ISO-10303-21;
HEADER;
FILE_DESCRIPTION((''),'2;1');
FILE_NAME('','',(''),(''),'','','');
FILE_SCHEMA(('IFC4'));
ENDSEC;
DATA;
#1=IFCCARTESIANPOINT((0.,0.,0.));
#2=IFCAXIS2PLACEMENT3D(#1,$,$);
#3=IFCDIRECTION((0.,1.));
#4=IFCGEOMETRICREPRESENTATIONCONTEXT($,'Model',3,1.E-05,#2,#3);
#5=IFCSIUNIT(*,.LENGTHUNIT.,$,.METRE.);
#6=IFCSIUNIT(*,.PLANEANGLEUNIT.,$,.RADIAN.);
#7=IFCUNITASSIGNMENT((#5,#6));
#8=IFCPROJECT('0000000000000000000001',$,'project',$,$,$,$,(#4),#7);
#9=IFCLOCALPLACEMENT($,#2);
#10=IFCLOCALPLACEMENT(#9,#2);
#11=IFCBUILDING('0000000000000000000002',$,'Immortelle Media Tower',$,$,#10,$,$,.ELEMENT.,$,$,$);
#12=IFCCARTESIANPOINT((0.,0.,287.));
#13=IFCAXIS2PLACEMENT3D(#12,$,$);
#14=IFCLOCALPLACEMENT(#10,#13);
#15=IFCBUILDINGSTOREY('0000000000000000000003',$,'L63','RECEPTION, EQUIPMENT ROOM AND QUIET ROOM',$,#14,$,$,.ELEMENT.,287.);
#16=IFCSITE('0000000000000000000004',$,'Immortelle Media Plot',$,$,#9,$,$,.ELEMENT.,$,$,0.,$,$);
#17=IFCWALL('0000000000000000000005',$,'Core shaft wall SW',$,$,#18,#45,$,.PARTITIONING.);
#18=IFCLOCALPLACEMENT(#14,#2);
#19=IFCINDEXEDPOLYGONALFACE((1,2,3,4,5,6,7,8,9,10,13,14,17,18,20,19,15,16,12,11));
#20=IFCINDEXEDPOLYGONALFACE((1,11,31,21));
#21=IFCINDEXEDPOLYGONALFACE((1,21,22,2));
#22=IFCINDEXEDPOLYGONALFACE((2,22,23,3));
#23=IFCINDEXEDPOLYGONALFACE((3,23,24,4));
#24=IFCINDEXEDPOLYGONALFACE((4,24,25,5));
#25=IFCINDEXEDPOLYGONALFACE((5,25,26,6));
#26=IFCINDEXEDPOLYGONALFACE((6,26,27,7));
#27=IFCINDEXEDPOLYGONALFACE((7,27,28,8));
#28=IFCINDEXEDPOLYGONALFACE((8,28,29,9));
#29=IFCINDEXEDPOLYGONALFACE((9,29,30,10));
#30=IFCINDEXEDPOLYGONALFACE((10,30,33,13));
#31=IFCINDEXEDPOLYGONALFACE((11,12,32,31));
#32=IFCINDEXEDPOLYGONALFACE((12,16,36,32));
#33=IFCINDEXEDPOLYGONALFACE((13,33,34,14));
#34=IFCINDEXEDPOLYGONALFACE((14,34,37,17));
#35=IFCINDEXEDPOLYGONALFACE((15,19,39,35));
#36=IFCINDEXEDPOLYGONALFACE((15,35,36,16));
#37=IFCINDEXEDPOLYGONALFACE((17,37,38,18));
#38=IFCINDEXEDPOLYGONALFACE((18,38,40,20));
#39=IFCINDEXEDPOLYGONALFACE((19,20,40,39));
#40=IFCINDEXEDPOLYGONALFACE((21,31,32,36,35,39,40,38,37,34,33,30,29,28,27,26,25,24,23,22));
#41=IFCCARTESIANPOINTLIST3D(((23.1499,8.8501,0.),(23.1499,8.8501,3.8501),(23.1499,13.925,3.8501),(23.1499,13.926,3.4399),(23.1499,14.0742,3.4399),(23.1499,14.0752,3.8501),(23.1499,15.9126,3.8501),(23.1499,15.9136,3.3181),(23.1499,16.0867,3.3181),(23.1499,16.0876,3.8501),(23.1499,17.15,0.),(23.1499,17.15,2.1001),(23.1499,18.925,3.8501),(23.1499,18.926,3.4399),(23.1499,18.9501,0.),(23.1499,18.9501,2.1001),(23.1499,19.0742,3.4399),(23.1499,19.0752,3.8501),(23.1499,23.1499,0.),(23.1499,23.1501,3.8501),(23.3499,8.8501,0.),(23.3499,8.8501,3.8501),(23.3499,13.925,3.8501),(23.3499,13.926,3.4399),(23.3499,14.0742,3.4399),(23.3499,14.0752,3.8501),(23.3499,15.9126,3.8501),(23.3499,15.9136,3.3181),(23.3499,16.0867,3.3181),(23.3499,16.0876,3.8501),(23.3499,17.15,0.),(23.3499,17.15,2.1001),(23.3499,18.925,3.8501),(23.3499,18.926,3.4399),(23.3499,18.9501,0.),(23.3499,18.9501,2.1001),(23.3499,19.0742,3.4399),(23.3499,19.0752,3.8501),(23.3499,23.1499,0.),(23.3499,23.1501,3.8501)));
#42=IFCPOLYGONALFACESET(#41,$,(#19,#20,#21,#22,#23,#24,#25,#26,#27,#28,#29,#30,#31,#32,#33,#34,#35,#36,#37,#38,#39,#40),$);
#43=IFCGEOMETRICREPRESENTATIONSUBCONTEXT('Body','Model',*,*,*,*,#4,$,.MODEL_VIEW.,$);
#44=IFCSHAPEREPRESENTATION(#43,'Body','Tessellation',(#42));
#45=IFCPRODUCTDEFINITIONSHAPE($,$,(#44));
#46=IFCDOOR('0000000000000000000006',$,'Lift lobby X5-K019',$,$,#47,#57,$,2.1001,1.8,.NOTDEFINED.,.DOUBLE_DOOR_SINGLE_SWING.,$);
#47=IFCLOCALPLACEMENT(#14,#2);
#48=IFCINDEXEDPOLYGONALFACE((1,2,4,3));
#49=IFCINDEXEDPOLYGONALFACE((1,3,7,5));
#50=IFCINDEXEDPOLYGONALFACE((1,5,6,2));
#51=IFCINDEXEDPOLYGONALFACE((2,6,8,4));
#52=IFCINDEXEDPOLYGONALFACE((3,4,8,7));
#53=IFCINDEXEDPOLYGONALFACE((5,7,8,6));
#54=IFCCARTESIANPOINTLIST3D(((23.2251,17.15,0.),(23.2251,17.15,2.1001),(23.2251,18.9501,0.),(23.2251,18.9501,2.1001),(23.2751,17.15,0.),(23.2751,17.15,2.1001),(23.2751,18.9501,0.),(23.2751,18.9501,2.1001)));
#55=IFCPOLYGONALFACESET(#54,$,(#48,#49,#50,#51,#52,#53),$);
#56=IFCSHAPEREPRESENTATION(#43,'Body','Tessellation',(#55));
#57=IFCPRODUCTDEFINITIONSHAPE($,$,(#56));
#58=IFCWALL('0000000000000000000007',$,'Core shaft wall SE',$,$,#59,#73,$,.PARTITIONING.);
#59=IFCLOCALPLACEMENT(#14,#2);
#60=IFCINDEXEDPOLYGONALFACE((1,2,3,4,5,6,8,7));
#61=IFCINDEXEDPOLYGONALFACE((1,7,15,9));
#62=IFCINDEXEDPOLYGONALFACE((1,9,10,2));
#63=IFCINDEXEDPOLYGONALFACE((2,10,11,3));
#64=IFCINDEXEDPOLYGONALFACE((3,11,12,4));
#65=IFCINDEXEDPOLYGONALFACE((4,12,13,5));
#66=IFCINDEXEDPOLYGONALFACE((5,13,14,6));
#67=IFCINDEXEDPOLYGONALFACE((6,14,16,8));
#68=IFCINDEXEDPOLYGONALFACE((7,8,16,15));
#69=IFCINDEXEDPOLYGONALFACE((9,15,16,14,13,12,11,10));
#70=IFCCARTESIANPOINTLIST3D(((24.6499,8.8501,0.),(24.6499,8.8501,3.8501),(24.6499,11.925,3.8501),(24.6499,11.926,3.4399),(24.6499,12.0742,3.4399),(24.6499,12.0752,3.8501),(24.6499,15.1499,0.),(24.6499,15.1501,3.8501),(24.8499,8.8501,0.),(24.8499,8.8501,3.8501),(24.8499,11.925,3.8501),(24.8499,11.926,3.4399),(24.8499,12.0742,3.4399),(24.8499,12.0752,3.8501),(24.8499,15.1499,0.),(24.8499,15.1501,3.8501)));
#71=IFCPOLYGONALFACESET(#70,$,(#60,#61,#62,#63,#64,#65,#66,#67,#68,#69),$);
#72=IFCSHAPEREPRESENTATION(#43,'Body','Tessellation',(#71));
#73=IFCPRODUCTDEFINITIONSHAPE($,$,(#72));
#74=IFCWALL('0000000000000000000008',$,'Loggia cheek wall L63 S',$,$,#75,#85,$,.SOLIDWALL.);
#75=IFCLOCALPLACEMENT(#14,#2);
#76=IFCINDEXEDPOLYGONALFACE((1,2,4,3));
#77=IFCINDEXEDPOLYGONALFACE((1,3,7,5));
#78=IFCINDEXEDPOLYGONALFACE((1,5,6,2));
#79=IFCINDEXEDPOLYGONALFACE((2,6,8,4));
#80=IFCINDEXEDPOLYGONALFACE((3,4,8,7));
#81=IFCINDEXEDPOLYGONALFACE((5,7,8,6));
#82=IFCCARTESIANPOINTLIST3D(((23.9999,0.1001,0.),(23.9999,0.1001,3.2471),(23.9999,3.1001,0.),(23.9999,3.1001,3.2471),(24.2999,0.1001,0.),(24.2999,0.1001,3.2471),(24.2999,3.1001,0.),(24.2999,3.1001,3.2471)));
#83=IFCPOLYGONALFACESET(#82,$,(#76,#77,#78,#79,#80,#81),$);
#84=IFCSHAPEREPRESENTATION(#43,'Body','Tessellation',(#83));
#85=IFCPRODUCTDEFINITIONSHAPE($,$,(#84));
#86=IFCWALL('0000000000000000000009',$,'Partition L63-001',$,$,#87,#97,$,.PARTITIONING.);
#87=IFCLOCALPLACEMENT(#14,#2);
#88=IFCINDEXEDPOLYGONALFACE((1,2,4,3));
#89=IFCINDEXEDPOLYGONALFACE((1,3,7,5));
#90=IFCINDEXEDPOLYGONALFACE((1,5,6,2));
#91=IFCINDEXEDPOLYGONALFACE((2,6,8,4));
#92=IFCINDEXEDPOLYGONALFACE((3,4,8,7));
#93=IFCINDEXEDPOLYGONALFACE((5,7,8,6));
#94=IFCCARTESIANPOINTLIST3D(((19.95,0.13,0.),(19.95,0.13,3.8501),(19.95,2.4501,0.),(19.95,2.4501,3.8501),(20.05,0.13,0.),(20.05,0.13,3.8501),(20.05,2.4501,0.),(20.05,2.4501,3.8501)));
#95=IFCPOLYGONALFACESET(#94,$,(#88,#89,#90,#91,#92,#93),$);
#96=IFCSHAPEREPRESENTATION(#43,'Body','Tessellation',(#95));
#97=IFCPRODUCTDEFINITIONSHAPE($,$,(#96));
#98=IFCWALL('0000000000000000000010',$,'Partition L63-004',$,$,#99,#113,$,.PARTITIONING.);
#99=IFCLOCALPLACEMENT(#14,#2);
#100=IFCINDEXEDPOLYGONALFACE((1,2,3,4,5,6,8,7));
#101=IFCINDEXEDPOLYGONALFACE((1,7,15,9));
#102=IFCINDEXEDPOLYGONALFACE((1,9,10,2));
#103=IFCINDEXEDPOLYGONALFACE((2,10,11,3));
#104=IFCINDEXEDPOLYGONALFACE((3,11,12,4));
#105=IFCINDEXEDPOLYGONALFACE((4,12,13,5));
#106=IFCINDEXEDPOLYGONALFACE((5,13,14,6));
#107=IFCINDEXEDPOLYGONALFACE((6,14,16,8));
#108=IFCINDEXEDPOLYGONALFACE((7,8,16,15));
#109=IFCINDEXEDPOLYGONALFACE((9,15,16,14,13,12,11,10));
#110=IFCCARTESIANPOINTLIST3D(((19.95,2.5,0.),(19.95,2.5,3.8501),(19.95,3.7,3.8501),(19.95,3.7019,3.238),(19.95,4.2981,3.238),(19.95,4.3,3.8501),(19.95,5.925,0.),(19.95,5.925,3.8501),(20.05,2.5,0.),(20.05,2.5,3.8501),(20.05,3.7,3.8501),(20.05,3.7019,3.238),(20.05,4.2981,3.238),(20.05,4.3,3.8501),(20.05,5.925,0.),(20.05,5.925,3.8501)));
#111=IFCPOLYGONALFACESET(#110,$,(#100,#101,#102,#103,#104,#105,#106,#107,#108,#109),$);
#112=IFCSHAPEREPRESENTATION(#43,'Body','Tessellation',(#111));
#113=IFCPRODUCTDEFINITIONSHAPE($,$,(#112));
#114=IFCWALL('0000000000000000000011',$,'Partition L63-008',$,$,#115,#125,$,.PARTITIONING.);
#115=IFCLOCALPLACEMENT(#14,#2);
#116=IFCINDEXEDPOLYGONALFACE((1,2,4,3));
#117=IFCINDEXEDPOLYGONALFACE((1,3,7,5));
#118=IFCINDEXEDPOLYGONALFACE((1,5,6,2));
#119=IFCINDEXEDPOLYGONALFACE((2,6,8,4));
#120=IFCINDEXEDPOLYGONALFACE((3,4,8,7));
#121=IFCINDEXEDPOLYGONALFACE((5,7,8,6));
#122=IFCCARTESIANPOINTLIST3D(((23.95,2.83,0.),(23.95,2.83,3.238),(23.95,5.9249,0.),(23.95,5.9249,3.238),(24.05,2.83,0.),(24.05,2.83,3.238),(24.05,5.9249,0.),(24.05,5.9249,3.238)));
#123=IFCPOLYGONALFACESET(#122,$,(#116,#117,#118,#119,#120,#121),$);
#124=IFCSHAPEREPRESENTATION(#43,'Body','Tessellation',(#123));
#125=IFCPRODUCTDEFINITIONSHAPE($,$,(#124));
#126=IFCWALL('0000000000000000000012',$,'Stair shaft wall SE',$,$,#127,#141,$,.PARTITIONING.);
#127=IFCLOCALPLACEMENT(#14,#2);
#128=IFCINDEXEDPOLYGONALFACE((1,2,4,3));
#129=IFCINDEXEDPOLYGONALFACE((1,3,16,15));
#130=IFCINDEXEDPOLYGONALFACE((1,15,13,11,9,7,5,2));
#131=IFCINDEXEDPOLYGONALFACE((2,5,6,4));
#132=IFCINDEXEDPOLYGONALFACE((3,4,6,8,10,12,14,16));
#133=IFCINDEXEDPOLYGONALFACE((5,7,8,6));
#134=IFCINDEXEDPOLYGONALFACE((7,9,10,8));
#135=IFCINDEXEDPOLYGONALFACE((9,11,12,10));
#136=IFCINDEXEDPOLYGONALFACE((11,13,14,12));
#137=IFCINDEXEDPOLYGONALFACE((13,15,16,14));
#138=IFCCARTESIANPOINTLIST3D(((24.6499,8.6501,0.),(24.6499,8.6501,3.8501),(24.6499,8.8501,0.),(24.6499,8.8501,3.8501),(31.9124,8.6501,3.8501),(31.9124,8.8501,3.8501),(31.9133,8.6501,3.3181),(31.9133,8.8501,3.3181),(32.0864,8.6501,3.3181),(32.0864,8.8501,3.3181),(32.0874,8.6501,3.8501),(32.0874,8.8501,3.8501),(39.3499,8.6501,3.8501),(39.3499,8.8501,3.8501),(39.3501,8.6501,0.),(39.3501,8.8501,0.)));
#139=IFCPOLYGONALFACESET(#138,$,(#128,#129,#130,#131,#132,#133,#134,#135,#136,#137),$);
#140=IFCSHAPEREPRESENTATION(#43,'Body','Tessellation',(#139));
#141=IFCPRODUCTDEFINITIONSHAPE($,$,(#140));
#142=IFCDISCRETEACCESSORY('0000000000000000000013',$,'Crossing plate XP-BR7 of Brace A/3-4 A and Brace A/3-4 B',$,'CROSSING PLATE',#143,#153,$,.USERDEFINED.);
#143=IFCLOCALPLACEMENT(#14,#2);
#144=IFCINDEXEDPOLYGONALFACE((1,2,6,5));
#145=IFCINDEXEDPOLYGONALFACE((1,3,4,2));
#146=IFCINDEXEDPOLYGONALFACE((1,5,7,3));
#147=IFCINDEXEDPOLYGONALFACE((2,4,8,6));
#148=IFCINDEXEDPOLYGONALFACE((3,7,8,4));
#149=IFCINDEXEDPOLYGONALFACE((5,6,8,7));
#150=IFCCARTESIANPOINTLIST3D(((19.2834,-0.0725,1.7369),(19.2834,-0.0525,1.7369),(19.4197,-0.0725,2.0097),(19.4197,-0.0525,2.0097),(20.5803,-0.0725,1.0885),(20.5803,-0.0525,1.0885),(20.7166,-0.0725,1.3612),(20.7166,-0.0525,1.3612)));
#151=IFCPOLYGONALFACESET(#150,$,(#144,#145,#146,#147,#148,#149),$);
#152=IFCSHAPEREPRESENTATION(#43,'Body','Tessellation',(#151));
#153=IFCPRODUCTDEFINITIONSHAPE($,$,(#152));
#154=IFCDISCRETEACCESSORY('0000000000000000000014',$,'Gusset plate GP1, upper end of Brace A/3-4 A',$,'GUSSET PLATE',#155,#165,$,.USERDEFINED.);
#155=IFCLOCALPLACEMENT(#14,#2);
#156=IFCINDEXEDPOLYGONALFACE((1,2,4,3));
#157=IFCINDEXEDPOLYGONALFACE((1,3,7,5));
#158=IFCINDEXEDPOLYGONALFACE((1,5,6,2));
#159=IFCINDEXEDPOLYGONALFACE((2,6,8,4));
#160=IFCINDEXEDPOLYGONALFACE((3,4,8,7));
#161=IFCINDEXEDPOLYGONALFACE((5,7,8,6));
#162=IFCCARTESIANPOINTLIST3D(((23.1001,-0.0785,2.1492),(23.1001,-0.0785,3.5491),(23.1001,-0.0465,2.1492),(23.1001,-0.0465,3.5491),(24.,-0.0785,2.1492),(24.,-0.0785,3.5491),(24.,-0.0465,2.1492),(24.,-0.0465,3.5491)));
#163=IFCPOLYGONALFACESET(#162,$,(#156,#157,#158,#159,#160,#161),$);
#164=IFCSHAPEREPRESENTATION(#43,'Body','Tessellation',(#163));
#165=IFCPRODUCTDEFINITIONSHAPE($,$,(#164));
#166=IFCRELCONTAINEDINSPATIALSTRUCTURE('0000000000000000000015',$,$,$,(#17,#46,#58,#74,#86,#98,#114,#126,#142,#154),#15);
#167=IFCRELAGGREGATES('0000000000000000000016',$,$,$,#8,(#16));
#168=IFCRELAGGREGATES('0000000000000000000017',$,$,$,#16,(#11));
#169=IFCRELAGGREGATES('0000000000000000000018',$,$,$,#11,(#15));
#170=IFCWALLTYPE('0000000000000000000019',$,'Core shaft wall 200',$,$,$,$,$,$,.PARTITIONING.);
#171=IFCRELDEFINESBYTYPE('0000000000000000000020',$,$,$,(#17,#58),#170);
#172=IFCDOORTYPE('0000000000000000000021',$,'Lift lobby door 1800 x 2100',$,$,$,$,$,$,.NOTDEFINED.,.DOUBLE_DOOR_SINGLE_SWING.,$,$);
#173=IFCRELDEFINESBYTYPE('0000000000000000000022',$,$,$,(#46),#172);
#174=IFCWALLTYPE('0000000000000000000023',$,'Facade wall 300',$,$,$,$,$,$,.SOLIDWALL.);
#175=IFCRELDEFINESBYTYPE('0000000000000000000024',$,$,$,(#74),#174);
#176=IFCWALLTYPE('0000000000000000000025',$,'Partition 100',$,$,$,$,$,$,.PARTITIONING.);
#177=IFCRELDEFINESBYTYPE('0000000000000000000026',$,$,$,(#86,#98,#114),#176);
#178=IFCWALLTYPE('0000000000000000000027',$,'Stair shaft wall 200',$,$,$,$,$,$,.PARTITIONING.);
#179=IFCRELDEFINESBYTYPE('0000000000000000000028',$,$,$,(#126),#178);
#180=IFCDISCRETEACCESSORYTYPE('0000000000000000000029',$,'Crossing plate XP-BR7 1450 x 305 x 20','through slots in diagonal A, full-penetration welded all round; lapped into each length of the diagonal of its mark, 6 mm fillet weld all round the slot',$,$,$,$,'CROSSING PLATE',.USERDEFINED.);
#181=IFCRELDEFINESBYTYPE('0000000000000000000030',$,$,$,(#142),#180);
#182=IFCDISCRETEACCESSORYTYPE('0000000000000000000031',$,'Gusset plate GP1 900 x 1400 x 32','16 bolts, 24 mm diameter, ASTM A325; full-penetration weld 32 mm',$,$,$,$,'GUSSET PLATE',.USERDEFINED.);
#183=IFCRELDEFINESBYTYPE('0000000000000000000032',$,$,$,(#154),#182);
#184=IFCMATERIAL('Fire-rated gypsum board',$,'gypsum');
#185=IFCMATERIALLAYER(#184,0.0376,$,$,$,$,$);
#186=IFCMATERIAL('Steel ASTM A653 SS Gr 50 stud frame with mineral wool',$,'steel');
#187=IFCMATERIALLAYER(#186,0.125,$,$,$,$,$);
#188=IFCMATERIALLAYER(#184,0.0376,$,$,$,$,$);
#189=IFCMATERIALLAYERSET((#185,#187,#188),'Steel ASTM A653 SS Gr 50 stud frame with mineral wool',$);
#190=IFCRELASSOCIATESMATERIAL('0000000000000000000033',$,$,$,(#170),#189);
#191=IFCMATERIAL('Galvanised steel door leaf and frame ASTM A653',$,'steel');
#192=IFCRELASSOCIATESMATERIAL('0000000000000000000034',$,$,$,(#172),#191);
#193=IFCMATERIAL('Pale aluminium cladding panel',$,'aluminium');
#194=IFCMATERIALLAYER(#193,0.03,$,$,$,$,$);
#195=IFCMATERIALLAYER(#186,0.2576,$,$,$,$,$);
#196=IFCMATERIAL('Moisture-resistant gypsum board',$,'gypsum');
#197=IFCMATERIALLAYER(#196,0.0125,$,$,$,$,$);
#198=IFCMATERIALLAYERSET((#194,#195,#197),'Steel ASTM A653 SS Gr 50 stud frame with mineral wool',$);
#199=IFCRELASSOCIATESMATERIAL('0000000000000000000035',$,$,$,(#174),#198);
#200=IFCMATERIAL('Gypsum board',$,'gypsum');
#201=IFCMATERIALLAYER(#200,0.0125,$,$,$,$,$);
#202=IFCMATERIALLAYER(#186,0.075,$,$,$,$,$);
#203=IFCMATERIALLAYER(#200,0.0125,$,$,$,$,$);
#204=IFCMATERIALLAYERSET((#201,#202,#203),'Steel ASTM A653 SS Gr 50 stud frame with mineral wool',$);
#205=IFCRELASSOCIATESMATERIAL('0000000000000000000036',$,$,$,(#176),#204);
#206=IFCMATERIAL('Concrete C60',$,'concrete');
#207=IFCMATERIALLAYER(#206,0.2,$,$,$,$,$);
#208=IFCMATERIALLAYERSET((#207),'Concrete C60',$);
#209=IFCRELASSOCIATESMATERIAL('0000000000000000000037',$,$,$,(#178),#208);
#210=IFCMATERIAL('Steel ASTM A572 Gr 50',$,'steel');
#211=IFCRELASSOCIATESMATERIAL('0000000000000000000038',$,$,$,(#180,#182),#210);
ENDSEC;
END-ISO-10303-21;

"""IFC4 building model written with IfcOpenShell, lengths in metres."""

from ifc_helpers import new_model, si_unit, direction, frame, frame_2d, origin, origin_2d, place, context, subcontext, project, spatial, polyline, rectangle, outline, extrude, material, layer, layer_set, material_profile, profile_set, type_object, element, fill, save


model = new_model("IFC4")

# Units and contexts
model_context = context("Model", 3, precision=1e-05, world=origin(), true_north=direction((0.0, 1.0)))
body_context = subcontext(model_context, "Body", "Model", "MODEL_VIEW")
ifc_project = project(units=[si_unit("LENGTHUNIT", "METRE"), si_unit("PLANEANGLEUNIT", "RADIAN")], contexts=[model_context])

# Site, building, storey
site_placement = place(None, origin())
site = spatial("IfcSite", under=ifc_project, at=site_placement, Name="Immortelle Media Plot", CompositionType="ELEMENT", RefElevation=0.0)
building_placement = place(site_placement, origin())
building = spatial("IfcBuilding", under=site, at=building_placement, Name="Immortelle Media Tower", CompositionType="ELEMENT")
storey_placement = place(building_placement, frame((0.0, 0.0, 287.0)))
storey = spatial("IfcBuildingStorey", under=building, at=storey_placement, Name="L63", Description="RECEPTION, EQUIPMENT ROOM AND QUIET ROOM", CompositionType="ELEMENT", Elevation=287.0)

# Wall, opening, door
ifc_material_1 = material(Name="Fire-rated gypsum board", Category="gypsum")
ifc_layer_1 = layer(ifc_material_1, 0.0376)
ifc_material_2 = material(Name="Steel ASTM A653 SS Gr 50 stud frame with mineral wool", Category="steel")
ifc_layer_2 = layer(ifc_material_2, 0.125)
ifc_layer_3 = layer(ifc_material_1, 0.0376)
ifc_layer_set_1 = layer_set([ifc_layer_1, ifc_layer_2, ifc_layer_3], Name="Steel ASTM A653 SS Gr 50 stud frame with mineral wool")
wall_type_1 = type_object("IfcWallType", Name="Core shaft wall 200", PredefinedType="PARTITIONING", material=ifc_layer_set_1)
wall_1_placement = place(storey_placement, frame((23.25, 8.8501, 0.0), z_axis=(0.0, 0.0, 1.0), x_axis=(0.0, 1.0, 0.0)))
wall_1 = element("IfcWall", 1, at=wall_1_placement, inside=storey, type_object=wall_type_1, Name="Core shaft wall SW", PredefinedType="PARTITIONING", context=body_context, shape_type="SweptSolid", body=[
    extrude(outline(polyline([(0.0, 0.0), (14.2998, 0.0), (14.3, 3.8501), (10.2251, 3.8501), (10.2241, 3.4399), (10.0759, 3.4399), (10.075, 3.8501), (7.2375, 3.8501), (7.2366, 3.3181), (7.0635, 3.3181), (7.0625, 3.8501), (5.2251, 3.8501), (5.2241, 3.4399), (5.0759, 3.4399), (5.075, 3.8501), (0.0, 3.8501), (0.0, 0.0)])), frame((0.0, 0.1001, 0.0), z_axis=(0.0, -1.0, 0.0), x_axis=(1.0, 0.0, 0.0)), (0.0, 0.0, 1.0), 0.2),
])
opening_1_placement = place(wall_1_placement, frame((8.3, 0.0, 0.0)))
opening_1 = element("IfcOpeningElement", 2, at=opening_1_placement, cuts=wall_1, PredefinedType="OPENING", context=body_context, shape_type="SweptSolid", body=[
    extrude(rectangle(XDim=1.8, YDim=2.1001, at=frame_2d((0.8999, 1.05))), frame((0.0, 0.1099, 0.0), z_axis=(0.0, -1.0, 0.0), x_axis=(1.0, 0.0, 0.0)), (0.0, 0.0, 1.0), 0.22),
])
ifc_material_3 = material(Name="Galvanised steel door leaf and frame ASTM A653", Category="steel")
door_type_1 = type_object("IfcDoorType", Name="Lift lobby door 1800 x 2100", OperationType="DOUBLE_DOOR_SINGLE_SWING", PredefinedType="NOTDEFINED", material=ifc_material_3)
door_1_placement = place(opening_1_placement, origin())
door_1 = element("IfcDoor", 3, at=door_1_placement, inside=storey, type_object=door_type_1, Name="Lift lobby X5-K019", OperationType="DOUBLE_DOOR_SINGLE_SWING", OverallHeight=2.1001, OverallWidth=1.8, PredefinedType="NOTDEFINED", context=body_context, shape_type="SweptSolid", body=[
    extrude(rectangle(XDim=1.8, YDim=2.1001, at=frame_2d((0.8999, 1.05))), frame((0.0, 0.0249, 0.0), z_axis=(0.0, -1.0, 0.0), x_axis=(1.0, 0.0, 0.0)), (0.0, 0.0, 1.0), 0.05),
])
fill(opening_1, door_1)

# Wall
wall_2_placement = place(storey_placement, frame((24.75, 8.8501, 0.0), z_axis=(0.0, 0.0, 1.0), x_axis=(0.0, 1.0, 0.0)))
element("IfcWall", 4, at=wall_2_placement, inside=storey, type_object=wall_type_1, Name="Core shaft wall SE", PredefinedType="PARTITIONING", context=body_context, shape_type="SweptSolid", body=[
    extrude(outline(polyline([(0.0, 0.0), (6.2998, 0.0), (6.3, 3.8501), (3.2251, 3.8501), (3.2241, 3.4399), (3.0759, 3.4399), (3.075, 3.8501), (0.0, 3.8501), (0.0, 0.0)])), frame((0.0, 0.1001, 0.0), z_axis=(0.0, -1.0, 0.0), x_axis=(1.0, 0.0, 0.0)), (0.0, 0.0, 1.0), 0.2),
])

# Shared definitions
ifc_material_4 = material(Name="Pale aluminium cladding panel", Category="aluminium")
ifc_layer_4 = layer(ifc_material_4, 0.03)
ifc_layer_5 = layer(ifc_material_2, 0.2576)
ifc_material_5 = material(Name="Moisture-resistant gypsum board", Category="gypsum")
ifc_layer_6 = layer(ifc_material_5, 0.0125)
ifc_layer_set_2 = layer_set([ifc_layer_4, ifc_layer_5, ifc_layer_6], Name="Steel ASTM A653 SS Gr 50 stud frame with mineral wool")
wall_type_2 = type_object("IfcWallType", Name="Facade wall 300", PredefinedType="SOLIDWALL", material=ifc_layer_set_2)

# Walls
wall_3_placement = place(storey_placement, frame((24.1499, 0.1001, 0.0), z_axis=(0.0, 0.0, 1.0), x_axis=(0.0, 1.0, 0.0)))
element("IfcWall", 5, at=wall_3_placement, inside=storey, type_object=wall_type_2, Name="Loggia cheek wall L63 S", PredefinedType="SOLIDWALL", context=body_context, shape_type="SweptSolid", body=[
    extrude(rectangle(XDim=3.0, YDim=0.3, at=frame_2d((1.5, 0.0))), origin(), (0.0, 0.0, 1.0), 3.2471),
])
ifc_material_6 = material(Name="Gypsum board", Category="gypsum")
ifc_layer_7 = layer(ifc_material_6, 0.0125)
ifc_layer_8 = layer(ifc_material_2, 0.075)
ifc_layer_9 = layer(ifc_material_6, 0.0125)
ifc_layer_set_3 = layer_set([ifc_layer_7, ifc_layer_8, ifc_layer_9], Name="Steel ASTM A653 SS Gr 50 stud frame with mineral wool")
wall_type_3 = type_object("IfcWallType", Name="Partition 100", PredefinedType="PARTITIONING", material=ifc_layer_set_3)
wall_4_placement = place(storey_placement, frame((20.0, 0.1299, 0.0), z_axis=(0.0, 0.0, 1.0), x_axis=(0.0, 1.0, 0.0)))
element("IfcWall", 6, at=wall_4_placement, inside=storey, type_object=wall_type_3, Name="Partition L63-001", PredefinedType="PARTITIONING", context=body_context, shape_type="SweptSolid", body=[
    extrude(rectangle(XDim=2.3201, YDim=0.1001, at=frame_2d((1.1602, 0.0))), origin(), (0.0, 0.0, 1.0), 3.8501),
])
wall_5_placement = place(storey_placement, frame((20.0, 2.5, 0.0), z_axis=(0.0, 0.0, 1.0), x_axis=(0.0, 1.0, 0.0)))
element("IfcWall", 7, at=wall_5_placement, inside=storey, type_object=wall_type_3, Name="Partition L63-004", PredefinedType="PARTITIONING", context=body_context, shape_type="SweptSolid", body=[
    extrude(outline(polyline([(0.0, 0.0), (3.425, 0.0), (3.425, 3.8501), (1.8, 3.8501), (1.7981, 3.238), (1.2019, 3.238), (1.2, 3.8501), (0.0, 3.8501), (0.0, 0.0)])), frame((0.0, 0.05, 0.0), z_axis=(0.0, -1.0, 0.0), x_axis=(1.0, 0.0, 0.0)), (0.0, 0.0, 1.0), 0.1001),
])
wall_6_placement = place(storey_placement, frame((24.0, 2.8301, 0.0), z_axis=(0.0, 0.0, 1.0), x_axis=(0.0, 1.0, 0.0)))
element("IfcWall", 8, at=wall_6_placement, inside=storey, type_object=wall_type_3, Name="Partition L63-008", PredefinedType="PARTITIONING", context=body_context, shape_type="SweptSolid", body=[
    extrude(rectangle(XDim=3.095, YDim=0.1001, at=frame_2d((1.5474, 0.0))), origin(), (0.0, 0.0, 1.0), 3.238),
])
ifc_material_7 = material(Name="Concrete C60", Category="concrete")
ifc_layer_10 = layer(ifc_material_7, 0.2)
ifc_layer_set_4 = layer_set([ifc_layer_10], Name="Concrete C60")
wall_type_4 = type_object("IfcWallType", Name="Stair shaft wall 200", PredefinedType="PARTITIONING", material=ifc_layer_set_4)
wall_7_placement = place(storey_placement, frame((24.6499, 8.75, 0.0), z_axis=(0.0, 0.0, 1.0), x_axis=(1.0, 0.0, 0.0)))
element("IfcWall", 9, at=wall_7_placement, inside=storey, type_object=wall_type_4, Name="Stair shaft wall SE", PredefinedType="PARTITIONING", context=body_context, shape_type="SweptSolid", body=[
    extrude(outline(polyline([(0.0, 0.0), (14.7002, 0.0), (14.7, 3.8501), (7.4375, 3.8501), (7.4365, 3.3181), (7.2634, 3.3181), (7.2625, 3.8501), (0.0, 3.8501), (0.0, 0.0)])), frame((0.0, 0.1001, 0.0), z_axis=(0.0, -1.0, 0.0), x_axis=(1.0, 0.0, 0.0)), (0.0, 0.0, 1.0), 0.2),
])

# Discrete accessories
ifc_material_8 = material(Name="Steel ASTM A572 Gr 50", Category="steel")
ifc_material_profile_1 = material_profile(ifc_material_8, rectangle(XDim=0.02, YDim=0.3049, at=origin_2d()), Name="PL 20 x 305")
ifc_profile_set_1 = profile_set([ifc_material_profile_1], Name="Steel ASTM A572 Gr 50")
discrete_accessory_type_1 = type_object("IfcDiscreteAccessoryType", Name="Crossing plate XP-BR7 1450 x 305 x 20", Description="through slots in diagonal A, full-penetration welded all round; lapped into each length of the diagonal of its mark, 6 mm fillet weld all round the slot", ElementType="CROSSING PLATE", PredefinedType="USERDEFINED", material=ifc_profile_set_1)
discrete_accessory_placement = place(storey_placement, frame((19.3516, -0.0625, 1.8733), z_axis=(0.894427, 0.0, -0.447214), x_axis=(0.0, 1.0, 0.0)))
element("IfcDiscreteAccessory", 10, at=discrete_accessory_placement, inside=storey, type_object=discrete_accessory_type_1, Name="Crossing plate XP-BR7 of Brace A/3-4 A and Brace A/3-4 B", ObjectType="CROSSING PLATE", PredefinedType="USERDEFINED", context=body_context, shape_type="SweptSolid", body=[
    extrude(rectangle(XDim=0.02, YDim=0.3049, at=origin_2d()), origin(), (0.0, 0.0, 1.0), 1.45),
])
ifc_material_profile_2 = material_profile(ifc_material_8, rectangle(XDim=0.032, YDim=1.3999, at=origin_2d()), Name="PL 32 x 1400")
ifc_profile_set_2 = profile_set([ifc_material_profile_2], Name="Steel ASTM A572 Gr 50")
discrete_accessory_type_2 = type_object("IfcDiscreteAccessoryType", Name="Gusset plate GP1 900 x 1400 x 32", Description="16 bolts, 24 mm diameter, ASTM A325; full-penetration weld 32 mm", ElementType="GUSSET PLATE", PredefinedType="USERDEFINED", material=ifc_profile_set_2)
for number, where, z_axis, x_axis, name in (
    (11, (24.0, -0.0625, 2.8491), (-1.0, 0.0, 0.0), (0.0, -1.0, 0.0), "Gusset plate GP1, upper end of Brace A/3-4 A"),
):
    element("IfcDiscreteAccessory", number, at=place(storey_placement, frame(where, z_axis=z_axis, x_axis=x_axis)), inside=storey, type_object=discrete_accessory_type_2, Name=name, ObjectType="GUSSET PLATE", PredefinedType="USERDEFINED", context=body_context, shape_type="SweptSolid", body=[
        extrude(rectangle(XDim=0.032, YDim=1.3999, at=origin_2d()), origin(), (0.0, 0.0, 1.0), 0.8999),
    ])

save(model, "model.ifc")
